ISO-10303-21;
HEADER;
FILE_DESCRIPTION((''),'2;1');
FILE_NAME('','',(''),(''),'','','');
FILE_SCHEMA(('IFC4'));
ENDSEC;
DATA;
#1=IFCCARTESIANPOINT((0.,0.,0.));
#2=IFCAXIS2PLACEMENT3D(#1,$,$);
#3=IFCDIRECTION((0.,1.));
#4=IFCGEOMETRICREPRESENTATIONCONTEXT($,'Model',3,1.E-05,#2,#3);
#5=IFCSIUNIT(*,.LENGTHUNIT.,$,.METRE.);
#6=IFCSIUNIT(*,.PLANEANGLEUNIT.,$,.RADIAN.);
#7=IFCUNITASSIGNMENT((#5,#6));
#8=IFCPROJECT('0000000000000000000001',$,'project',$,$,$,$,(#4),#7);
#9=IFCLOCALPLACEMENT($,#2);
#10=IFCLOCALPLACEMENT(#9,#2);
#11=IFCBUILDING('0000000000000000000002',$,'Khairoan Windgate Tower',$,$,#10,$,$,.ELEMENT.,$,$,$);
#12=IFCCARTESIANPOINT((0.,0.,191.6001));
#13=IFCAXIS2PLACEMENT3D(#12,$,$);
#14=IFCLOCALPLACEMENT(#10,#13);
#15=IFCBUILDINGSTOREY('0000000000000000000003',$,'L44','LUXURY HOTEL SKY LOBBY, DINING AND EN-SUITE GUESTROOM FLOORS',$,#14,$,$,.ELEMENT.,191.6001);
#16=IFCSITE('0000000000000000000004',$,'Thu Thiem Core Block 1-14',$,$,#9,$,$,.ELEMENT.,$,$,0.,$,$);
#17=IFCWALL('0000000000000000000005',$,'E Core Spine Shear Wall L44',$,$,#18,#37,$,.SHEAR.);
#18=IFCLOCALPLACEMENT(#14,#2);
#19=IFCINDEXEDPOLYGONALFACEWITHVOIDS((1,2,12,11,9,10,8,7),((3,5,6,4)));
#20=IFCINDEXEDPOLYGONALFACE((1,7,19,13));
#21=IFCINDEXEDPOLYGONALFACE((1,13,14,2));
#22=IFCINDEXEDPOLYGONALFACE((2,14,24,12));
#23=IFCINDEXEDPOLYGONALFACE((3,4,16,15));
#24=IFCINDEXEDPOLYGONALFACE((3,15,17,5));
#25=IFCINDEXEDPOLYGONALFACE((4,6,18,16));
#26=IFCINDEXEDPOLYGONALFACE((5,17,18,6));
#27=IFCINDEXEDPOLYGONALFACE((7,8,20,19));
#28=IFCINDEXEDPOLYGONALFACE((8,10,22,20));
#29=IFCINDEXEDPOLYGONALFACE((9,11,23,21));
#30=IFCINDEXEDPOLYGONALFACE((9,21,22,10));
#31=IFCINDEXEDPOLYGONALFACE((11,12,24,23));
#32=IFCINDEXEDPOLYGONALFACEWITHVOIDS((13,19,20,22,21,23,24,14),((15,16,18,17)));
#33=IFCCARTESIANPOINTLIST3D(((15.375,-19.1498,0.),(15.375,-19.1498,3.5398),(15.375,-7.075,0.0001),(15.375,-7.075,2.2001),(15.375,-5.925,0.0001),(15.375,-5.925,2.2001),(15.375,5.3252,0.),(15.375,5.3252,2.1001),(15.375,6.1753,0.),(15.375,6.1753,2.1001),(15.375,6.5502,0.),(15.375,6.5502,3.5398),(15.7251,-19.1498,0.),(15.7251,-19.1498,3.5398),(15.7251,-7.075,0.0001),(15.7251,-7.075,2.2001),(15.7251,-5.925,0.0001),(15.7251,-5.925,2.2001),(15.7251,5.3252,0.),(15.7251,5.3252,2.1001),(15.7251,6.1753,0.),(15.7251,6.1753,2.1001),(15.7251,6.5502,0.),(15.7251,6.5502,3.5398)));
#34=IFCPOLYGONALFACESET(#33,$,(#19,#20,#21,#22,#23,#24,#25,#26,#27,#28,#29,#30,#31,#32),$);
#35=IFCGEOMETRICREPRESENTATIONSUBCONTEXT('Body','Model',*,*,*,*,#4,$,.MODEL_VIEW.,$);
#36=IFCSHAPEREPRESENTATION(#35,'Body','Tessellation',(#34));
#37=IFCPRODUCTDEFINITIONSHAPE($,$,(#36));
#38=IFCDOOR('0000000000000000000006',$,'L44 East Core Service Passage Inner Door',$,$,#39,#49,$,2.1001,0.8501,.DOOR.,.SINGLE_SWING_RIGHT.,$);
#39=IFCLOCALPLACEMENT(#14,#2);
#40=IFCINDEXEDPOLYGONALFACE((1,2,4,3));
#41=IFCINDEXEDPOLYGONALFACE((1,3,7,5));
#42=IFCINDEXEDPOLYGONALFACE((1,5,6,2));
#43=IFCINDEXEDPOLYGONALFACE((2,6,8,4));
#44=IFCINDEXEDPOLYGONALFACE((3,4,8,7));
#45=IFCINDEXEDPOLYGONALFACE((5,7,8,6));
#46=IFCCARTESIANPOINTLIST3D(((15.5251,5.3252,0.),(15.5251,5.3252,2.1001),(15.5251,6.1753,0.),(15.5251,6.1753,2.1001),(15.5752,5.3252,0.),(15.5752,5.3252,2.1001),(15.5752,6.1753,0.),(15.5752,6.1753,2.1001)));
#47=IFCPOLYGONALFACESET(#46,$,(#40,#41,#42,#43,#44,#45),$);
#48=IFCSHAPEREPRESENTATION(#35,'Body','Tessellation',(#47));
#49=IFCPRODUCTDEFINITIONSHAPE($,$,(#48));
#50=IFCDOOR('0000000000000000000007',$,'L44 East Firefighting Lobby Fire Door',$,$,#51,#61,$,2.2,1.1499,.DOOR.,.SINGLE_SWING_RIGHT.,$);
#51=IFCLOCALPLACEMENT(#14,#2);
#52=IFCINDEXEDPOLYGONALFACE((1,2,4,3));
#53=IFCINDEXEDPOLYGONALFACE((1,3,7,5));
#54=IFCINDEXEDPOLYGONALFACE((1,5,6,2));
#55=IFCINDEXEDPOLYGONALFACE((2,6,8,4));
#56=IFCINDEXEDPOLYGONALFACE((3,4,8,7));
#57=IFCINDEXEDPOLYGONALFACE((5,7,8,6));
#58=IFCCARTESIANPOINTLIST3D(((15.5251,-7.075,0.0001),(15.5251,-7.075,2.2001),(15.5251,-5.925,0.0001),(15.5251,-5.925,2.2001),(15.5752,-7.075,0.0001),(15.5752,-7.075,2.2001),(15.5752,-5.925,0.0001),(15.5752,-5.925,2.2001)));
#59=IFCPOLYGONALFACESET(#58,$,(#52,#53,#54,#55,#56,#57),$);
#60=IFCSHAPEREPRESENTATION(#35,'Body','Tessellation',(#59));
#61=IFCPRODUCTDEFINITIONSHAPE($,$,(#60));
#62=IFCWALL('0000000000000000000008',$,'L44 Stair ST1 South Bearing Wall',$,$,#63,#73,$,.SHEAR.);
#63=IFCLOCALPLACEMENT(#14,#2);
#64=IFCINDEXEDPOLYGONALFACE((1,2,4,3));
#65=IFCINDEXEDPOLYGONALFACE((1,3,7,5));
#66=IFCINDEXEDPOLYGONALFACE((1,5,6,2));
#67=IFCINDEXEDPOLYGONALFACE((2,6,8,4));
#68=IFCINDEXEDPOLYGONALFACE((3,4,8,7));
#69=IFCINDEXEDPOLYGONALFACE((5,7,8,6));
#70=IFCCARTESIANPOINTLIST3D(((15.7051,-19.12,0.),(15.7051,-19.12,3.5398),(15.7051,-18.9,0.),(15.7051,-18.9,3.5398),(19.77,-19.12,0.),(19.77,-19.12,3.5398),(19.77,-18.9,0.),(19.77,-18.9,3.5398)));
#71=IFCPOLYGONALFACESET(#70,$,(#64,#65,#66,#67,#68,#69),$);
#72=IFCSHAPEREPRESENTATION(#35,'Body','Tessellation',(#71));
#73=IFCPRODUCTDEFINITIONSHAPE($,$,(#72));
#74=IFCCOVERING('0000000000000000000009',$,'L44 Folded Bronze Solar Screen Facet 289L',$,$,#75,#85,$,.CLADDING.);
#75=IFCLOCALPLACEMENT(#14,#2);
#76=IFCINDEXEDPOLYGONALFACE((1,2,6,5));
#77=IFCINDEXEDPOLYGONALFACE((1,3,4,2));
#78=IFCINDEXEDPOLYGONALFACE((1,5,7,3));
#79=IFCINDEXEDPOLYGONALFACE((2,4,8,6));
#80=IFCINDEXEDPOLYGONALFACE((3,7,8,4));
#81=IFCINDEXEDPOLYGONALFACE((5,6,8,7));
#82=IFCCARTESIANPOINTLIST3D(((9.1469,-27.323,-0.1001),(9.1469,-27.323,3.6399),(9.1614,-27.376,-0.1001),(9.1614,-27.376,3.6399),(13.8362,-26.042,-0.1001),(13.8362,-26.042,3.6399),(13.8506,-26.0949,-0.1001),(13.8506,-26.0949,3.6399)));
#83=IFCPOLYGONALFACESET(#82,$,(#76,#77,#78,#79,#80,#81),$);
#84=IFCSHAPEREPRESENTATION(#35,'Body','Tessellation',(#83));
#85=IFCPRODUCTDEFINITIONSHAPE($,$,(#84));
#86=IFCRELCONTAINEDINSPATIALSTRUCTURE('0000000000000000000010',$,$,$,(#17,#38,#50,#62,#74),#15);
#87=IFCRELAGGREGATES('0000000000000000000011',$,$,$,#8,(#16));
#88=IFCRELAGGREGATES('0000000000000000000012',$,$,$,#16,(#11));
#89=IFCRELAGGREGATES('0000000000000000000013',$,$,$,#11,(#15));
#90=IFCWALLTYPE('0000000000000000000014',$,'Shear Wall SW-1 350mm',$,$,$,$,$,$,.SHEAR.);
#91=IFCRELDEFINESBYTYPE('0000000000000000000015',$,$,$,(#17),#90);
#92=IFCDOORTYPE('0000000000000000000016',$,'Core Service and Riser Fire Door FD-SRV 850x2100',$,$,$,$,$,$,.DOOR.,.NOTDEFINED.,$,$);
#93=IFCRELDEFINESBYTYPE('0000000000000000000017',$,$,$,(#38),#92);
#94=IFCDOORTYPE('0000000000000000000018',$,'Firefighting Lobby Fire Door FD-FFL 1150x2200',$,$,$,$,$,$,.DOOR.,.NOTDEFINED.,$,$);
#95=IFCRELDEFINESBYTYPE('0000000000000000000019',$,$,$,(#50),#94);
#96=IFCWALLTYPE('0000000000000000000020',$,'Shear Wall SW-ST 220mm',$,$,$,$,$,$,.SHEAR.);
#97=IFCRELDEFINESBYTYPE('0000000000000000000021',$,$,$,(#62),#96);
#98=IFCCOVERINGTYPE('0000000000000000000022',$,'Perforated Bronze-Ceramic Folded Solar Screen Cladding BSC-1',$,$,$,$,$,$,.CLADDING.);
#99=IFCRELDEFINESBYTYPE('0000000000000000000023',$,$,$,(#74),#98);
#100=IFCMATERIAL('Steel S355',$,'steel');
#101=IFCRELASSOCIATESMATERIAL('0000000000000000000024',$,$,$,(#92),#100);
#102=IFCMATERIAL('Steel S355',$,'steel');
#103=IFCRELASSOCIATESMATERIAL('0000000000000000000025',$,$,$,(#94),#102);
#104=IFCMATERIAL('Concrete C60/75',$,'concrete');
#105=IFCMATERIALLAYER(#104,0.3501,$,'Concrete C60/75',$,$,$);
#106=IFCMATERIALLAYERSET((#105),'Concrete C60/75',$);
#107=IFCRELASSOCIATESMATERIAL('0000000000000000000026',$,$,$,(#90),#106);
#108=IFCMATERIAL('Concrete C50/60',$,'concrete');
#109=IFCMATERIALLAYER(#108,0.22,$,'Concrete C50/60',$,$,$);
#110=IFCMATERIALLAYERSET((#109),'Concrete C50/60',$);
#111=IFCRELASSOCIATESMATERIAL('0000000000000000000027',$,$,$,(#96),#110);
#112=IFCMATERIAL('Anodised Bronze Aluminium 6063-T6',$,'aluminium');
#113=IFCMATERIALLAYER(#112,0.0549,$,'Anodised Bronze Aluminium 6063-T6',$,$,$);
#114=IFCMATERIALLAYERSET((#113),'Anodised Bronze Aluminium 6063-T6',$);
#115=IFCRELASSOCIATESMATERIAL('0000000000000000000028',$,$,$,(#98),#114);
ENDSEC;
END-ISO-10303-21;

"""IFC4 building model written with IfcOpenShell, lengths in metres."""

from ifc_helpers import new_model, si_unit, direction, frame, frame_2d, origin, origin_2d, place, context, subcontext, project, spatial, rectangle, extrude, material, layer, layer_set, type_object, element, fill, save


model = new_model("IFC4")

# Units and contexts
model_context = context("Model", 3, precision=1e-05, world=origin(), true_north=direction((0.0, 1.0)))
body_context = subcontext(model_context, "Body", "Model", "MODEL_VIEW")
ifc_project = project(units=[si_unit("LENGTHUNIT", "METRE"), si_unit("PLANEANGLEUNIT", "RADIAN")], contexts=[model_context])

# Site, building, storey
site_placement = place(None, origin())
site = spatial("IfcSite", under=ifc_project, at=site_placement, Name="Thu Thiem Core Block 1-14", CompositionType="ELEMENT", RefElevation=0.0)
building_placement = place(site_placement, origin())
building = spatial("IfcBuilding", under=site, at=building_placement, Name="Khairoan Windgate Tower", CompositionType="ELEMENT")
storey_placement = place(building_placement, frame((0.0, 0.0, 191.6001)))
storey = spatial("IfcBuildingStorey", under=building, at=storey_placement, Name="L44", Description="LUXURY HOTEL SKY LOBBY, DINING AND EN-SUITE GUESTROOM FLOORS", CompositionType="ELEMENT", Elevation=191.6001)

# Shared definitions
ifc_material_1 = material(Name="Steel S355", Category="steel")
door_type_1 = type_object("IfcDoorType", Name="Core Service and Riser Fire Door FD-SRV 850x2100", OperationType="NOTDEFINED", PredefinedType="DOOR", material=ifc_material_1)
ifc_material_2 = material(Name="Steel S355", Category="steel")
door_type_2 = type_object("IfcDoorType", Name="Firefighting Lobby Fire Door FD-FFL 1150x2200", OperationType="NOTDEFINED", PredefinedType="DOOR", material=ifc_material_2)

# Wall, openings, doors
ifc_material_3 = material(Name="Concrete C60/75", Category="concrete")
ifc_layer_1 = layer(ifc_material_3, 0.3501, Name="Concrete C60/75")
ifc_layer_set_1 = layer_set([ifc_layer_1], Name="Concrete C60/75")
wall_type_1 = type_object("IfcWallType", Name="Shear Wall SW-1 350mm", PredefinedType="SHEAR", material=ifc_layer_set_1)
wall_1_placement = place(storey_placement, frame((15.55, -19.1499, 0.0), z_axis=(0.0, 0.0, 1.0), x_axis=(0.0, 1.0, 0.0)))
wall_1 = element("IfcWall", 1, at=wall_1_placement, inside=storey, type_object=wall_type_1, Name="E Core Spine Shear Wall L44", PredefinedType="SHEAR", context=body_context, shape_type="SweptSolid", body=[
    extrude(rectangle(XDim=25.7, YDim=0.3501, at=frame_2d((12.8501, 0.0))), origin(), (0.0, 0.0, 1.0), 3.5398),
])
opening_1_placement = place(wall_1_placement, frame((12.075, 0.0, 0.0)))
opening_1 = element("IfcOpeningElement", 2, at=opening_1_placement, cuts=wall_1, PredefinedType="OPENING", context=body_context, shape_type="SweptSolid", body=[
    extrude(rectangle(XDim=1.1499, YDim=2.2, at=frame_2d((0.575, 1.1001))), frame((0.0, 0.1851, 0.0), z_axis=(0.0, -1.0, 0.0), x_axis=(1.0, 0.0, 0.0)), (0.0, 0.0, 1.0), 0.3701),
])
opening_2_placement = place(wall_1_placement, frame((24.4751, 0.0, 0.0)))
opening_2 = element("IfcOpeningElement", 3, at=opening_2_placement, cuts=wall_1, PredefinedType="OPENING", context=body_context, shape_type="SweptSolid", body=[
    extrude(rectangle(XDim=0.8501, YDim=2.1001, at=frame_2d((0.425, 1.05))), frame((0.0, 0.1851, 0.0), z_axis=(0.0, -1.0, 0.0), x_axis=(1.0, 0.0, 0.0)), (0.0, 0.0, 1.0), 0.3701),
])
door_1_placement = place(opening_2_placement, origin())
door_1 = element("IfcDoor", 4, at=door_1_placement, inside=storey, type_object=door_type_1, Name="L44 East Core Service Passage Inner Door", OperationType="SINGLE_SWING_RIGHT", OverallHeight=2.1001, OverallWidth=0.8501, PredefinedType="DOOR", context=body_context, shape_type="SweptSolid", body=[
    extrude(rectangle(XDim=0.8501, YDim=2.1001, at=frame_2d((0.425, 1.05))), frame((0.0, 0.0249, 0.0), z_axis=(0.0, -1.0, 0.0), x_axis=(1.0, 0.0, 0.0)), (0.0, 0.0, 1.0), 0.05),
])
fill(opening_2, door_1)
door_2_placement = place(opening_1_placement, origin())
door_2 = element("IfcDoor", 5, at=door_2_placement, inside=storey, type_object=door_type_2, Name="L44 East Firefighting Lobby Fire Door", OperationType="SINGLE_SWING_RIGHT", OverallHeight=2.2, OverallWidth=1.1499, PredefinedType="DOOR", context=body_context, shape_type="SweptSolid", body=[
    extrude(rectangle(XDim=1.1499, YDim=2.2, at=frame_2d((0.575, 1.1001))), frame((0.0, 0.0249, 0.0), z_axis=(0.0, -1.0, 0.0), x_axis=(1.0, 0.0, 0.0)), (0.0, 0.0, 1.0), 0.05),
])
fill(opening_1, door_2)

# Wall
ifc_material_4 = material(Name="Concrete C50/60", Category="concrete")
ifc_layer_2 = layer(ifc_material_4, 0.22, Name="Concrete C50/60")
ifc_layer_set_2 = layer_set([ifc_layer_2], Name="Concrete C50/60")
wall_type_2 = type_object("IfcWallType", Name="Shear Wall SW-ST 220mm", PredefinedType="SHEAR", material=ifc_layer_set_2)
wall_2_placement = place(storey_placement, frame((15.7051, -19.01, 0.0), z_axis=(0.0, 0.0, 1.0), x_axis=(1.0, 0.0, 0.0)))
element("IfcWall", 6, at=wall_2_placement, inside=storey, type_object=wall_type_2, Name="L44 Stair ST1 South Bearing Wall", PredefinedType="SHEAR", context=body_context, shape_type="SweptSolid", body=[
    extrude(rectangle(XDim=4.0649, YDim=0.22, at=frame_2d((2.0325, 0.0))), origin(), (0.0, 0.0, 1.0), 3.5398),
])

# Covering
ifc_material_5 = material(Name="Anodised Bronze Aluminium 6063-T6", Category="aluminium")
ifc_layer_3 = layer(ifc_material_5, 0.0549, Name="Anodised Bronze Aluminium 6063-T6")
ifc_layer_set_3 = layer_set([ifc_layer_3], Name="Anodised Bronze Aluminium 6063-T6")
covering_type = type_object("IfcCoveringType", Name="Perforated Bronze-Ceramic Folded Solar Screen Cladding BSC-1", PredefinedType="CLADDING", material=ifc_layer_set_3)
covering_placement = place(storey_placement, frame((11.4988, -26.709, -0.1001), z_axis=(0.0, 0.0, 1.0), x_axis=(-0.964649, -0.263536, 0.0)))
element("IfcCovering", 7, at=covering_placement, inside=storey, type_object=covering_type, Name="L44 Folded Bronze Solar Screen Facet 289L", PredefinedType="CLADDING", context=body_context, shape_type="SweptSolid", body=[
    extrude(rectangle(XDim=4.8611, YDim=0.0549, at=origin_2d()), origin(), (0.0, 0.0, 1.0), 3.74),
])

save(model, "model.ifc")
